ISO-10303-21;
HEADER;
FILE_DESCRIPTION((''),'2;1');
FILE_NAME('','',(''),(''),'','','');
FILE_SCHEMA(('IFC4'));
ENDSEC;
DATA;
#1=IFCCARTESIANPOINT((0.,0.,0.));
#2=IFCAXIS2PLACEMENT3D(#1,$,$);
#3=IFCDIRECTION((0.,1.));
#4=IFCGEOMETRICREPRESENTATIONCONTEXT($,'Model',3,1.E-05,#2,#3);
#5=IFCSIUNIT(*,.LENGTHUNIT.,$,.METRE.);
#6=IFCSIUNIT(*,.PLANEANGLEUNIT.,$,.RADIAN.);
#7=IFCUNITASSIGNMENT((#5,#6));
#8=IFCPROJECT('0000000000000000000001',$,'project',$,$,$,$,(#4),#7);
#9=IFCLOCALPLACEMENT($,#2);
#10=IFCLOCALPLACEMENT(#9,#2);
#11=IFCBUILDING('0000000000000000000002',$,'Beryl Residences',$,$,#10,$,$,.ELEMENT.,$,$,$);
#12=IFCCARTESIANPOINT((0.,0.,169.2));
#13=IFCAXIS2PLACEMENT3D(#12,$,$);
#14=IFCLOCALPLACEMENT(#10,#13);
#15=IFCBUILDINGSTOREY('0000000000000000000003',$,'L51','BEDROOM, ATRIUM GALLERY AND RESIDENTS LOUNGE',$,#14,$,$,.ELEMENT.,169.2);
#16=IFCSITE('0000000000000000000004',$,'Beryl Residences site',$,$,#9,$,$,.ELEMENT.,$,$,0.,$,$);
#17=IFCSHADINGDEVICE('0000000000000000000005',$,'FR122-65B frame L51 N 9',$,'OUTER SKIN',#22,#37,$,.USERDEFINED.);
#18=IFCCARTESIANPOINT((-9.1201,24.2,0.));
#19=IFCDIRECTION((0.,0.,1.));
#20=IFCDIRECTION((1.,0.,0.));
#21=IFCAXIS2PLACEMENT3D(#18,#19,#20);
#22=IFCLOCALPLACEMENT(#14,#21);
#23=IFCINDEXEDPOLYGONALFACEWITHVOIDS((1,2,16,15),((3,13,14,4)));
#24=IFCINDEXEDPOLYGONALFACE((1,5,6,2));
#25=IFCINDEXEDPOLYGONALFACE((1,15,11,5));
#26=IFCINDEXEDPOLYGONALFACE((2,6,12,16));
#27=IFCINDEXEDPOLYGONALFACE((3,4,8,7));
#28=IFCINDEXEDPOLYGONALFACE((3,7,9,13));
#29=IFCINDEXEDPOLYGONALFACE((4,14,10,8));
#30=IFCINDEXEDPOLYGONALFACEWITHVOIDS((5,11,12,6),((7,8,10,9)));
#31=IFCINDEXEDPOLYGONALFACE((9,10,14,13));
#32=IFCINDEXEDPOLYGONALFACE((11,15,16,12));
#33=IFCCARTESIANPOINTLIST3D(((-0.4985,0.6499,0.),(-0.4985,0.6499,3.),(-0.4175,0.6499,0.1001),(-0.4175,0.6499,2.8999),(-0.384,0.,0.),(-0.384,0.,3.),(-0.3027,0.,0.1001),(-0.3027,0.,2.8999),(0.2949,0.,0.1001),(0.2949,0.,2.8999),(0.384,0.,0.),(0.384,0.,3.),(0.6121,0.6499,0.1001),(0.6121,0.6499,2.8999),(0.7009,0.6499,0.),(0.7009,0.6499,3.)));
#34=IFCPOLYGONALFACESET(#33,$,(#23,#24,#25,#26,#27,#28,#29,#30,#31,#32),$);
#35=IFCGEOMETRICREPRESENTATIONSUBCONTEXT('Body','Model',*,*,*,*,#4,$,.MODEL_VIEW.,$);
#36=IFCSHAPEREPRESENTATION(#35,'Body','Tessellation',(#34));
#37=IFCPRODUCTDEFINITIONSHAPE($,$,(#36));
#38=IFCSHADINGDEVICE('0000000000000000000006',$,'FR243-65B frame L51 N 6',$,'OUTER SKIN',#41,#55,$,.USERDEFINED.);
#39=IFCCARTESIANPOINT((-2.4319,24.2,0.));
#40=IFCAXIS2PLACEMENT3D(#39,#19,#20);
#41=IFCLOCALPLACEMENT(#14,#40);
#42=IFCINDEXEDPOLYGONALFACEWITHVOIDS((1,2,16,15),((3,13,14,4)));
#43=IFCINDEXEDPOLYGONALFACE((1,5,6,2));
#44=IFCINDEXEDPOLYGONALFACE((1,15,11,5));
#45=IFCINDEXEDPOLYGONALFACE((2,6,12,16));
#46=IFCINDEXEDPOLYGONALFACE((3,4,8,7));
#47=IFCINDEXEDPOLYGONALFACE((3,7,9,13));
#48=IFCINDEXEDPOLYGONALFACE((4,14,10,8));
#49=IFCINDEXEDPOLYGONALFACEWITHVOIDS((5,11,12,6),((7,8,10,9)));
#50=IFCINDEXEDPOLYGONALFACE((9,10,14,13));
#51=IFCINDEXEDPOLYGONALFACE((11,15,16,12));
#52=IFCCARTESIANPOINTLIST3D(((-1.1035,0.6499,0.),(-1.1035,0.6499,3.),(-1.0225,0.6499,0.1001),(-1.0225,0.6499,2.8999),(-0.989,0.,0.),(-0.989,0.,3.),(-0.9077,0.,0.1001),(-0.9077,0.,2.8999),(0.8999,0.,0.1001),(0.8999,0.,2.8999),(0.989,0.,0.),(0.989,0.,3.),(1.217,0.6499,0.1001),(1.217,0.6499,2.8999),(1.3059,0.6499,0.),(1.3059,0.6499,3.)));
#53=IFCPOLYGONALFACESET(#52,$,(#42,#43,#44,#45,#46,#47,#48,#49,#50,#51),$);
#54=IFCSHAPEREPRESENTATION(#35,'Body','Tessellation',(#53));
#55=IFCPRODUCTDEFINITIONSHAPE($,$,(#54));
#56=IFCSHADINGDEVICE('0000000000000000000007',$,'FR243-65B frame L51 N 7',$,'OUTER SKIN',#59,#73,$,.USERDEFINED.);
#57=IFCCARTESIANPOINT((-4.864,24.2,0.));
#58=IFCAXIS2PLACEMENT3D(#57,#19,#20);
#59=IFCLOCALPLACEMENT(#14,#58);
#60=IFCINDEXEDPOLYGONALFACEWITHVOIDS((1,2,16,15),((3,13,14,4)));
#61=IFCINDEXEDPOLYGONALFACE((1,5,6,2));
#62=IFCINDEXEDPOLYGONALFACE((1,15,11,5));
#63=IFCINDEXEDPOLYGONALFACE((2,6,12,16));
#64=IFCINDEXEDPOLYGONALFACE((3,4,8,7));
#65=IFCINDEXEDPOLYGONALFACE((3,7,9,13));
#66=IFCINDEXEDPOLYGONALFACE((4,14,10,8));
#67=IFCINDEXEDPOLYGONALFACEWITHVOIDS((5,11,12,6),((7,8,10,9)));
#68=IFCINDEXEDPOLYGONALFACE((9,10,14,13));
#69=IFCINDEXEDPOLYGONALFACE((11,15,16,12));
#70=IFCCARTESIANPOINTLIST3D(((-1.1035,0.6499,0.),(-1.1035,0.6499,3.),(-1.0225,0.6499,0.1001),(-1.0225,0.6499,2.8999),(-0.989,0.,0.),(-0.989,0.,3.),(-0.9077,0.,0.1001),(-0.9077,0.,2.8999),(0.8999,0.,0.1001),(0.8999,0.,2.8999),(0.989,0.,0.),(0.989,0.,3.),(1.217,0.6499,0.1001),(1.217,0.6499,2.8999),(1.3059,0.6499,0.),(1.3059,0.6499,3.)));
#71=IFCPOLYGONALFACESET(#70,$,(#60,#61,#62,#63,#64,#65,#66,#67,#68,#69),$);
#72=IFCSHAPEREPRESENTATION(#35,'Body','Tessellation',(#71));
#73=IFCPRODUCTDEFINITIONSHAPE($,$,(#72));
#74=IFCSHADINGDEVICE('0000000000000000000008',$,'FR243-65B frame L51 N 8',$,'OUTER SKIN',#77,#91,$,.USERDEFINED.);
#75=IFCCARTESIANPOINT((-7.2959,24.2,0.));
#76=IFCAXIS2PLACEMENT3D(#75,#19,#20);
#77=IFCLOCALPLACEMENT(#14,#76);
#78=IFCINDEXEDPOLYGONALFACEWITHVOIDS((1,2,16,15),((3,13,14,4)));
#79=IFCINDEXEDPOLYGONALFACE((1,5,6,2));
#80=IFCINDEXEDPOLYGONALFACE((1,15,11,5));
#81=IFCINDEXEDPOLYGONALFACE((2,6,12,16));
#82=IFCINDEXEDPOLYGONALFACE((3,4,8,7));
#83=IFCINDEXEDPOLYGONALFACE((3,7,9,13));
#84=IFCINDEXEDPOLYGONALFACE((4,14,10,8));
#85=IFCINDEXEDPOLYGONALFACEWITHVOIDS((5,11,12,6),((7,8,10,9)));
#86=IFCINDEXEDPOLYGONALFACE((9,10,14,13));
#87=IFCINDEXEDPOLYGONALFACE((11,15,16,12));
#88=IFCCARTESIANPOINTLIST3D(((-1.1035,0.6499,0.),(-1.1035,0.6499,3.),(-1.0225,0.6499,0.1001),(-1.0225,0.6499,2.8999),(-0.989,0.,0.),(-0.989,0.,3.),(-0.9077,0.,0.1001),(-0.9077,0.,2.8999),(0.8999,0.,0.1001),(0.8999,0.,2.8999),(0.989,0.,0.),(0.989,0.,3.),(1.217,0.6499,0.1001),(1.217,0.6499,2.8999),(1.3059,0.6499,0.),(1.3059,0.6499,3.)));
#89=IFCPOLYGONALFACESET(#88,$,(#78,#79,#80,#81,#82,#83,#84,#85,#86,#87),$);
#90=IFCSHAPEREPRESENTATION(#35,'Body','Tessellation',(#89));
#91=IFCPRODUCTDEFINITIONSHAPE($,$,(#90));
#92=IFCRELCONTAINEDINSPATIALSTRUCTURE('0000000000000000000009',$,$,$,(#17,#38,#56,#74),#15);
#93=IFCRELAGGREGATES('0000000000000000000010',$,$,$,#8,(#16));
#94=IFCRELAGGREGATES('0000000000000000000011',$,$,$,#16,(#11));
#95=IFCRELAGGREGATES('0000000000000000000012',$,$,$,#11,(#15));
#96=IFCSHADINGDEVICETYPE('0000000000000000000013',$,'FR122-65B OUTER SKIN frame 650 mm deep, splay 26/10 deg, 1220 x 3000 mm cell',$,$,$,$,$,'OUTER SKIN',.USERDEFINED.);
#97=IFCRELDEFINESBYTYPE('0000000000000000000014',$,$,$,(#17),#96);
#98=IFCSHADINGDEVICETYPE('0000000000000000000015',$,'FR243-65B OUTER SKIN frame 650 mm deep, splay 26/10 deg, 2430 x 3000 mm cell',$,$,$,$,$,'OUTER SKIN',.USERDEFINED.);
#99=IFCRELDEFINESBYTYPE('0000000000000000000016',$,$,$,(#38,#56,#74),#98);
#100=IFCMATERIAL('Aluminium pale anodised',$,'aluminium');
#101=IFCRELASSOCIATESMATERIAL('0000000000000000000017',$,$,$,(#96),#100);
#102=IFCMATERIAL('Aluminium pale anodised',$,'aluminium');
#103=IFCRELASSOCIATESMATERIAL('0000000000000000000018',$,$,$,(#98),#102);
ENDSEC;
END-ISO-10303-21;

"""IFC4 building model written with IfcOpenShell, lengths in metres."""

from ifc_helpers import new_model, entity, si_unit, direction, frame, origin, place, context, subcontext, project, spatial, source, transform, mapped, material, type_object, type_shapes, element, save


model = new_model("IFC4")

# Units and contexts
model_context = context("Model", 3, precision=1e-05, world=origin(), true_north=direction((0.0, 1.0)))
body_context = subcontext(model_context, "Body", "Model", "MODEL_VIEW")
ifc_project = project(units=[si_unit("LENGTHUNIT", "METRE"), si_unit("PLANEANGLEUNIT", "RADIAN")], contexts=[model_context])

# Site, building, storey
site_placement = place(None, origin())
site = spatial("IfcSite", under=ifc_project, at=site_placement, Name="Beryl Residences site", CompositionType="ELEMENT", RefElevation=0.0)
building_placement = place(site_placement, origin())
building = spatial("IfcBuilding", under=site, at=building_placement, Name="Beryl Residences", CompositionType="ELEMENT")
storey_placement = place(building_placement, frame((0.0, 0.0, 169.2)))
storey = spatial("IfcBuildingStorey", under=building, at=storey_placement, Name="L51", Description="BEDROOM, ATRIUM GALLERY AND RESIDENTS LOUNGE", CompositionType="ELEMENT", Elevation=169.2)

# Shading devices
ifc_material_1 = material(Name="Aluminium pale anodised", Category="aluminium")
shading_device_type_1 = type_object("IfcShadingDeviceType", Name="FR122-65B OUTER SKIN frame 650 mm deep, splay 26/10 deg, 1220 x 3000 mm cell", ElementType="OUTER SKIN", PredefinedType="USERDEFINED", material=ifc_material_1)
cartesian_point_1 = entity("IfcCartesianPoint", [-0.384, 0.0])
cartesian_point_2 = entity("IfcCartesianPoint", [-0.2949, 0.1001])
cartesian_point_3 = entity("IfcCartesianPoint", [-0.7009, 0.0])
cartesian_point_4 = entity("IfcCartesianPoint", [-0.6121, 0.1001])
shared_shape_1 = source(origin(), body_context, "Body", "SweptSolid", [
    entity("IfcExtrudedAreaSolidTapered", entity("IfcArbitraryProfileDefWithVoids", "AREA", None, entity("IfcPolyline", [cartesian_point_1, entity("IfcCartesianPoint", [0.384, 0.0]), entity("IfcCartesianPoint", [0.384, 3.0]), entity("IfcCartesianPoint", [-0.384, 3.0]), cartesian_point_1]), [entity("IfcPolyline", [cartesian_point_2, entity("IfcCartesianPoint", [0.3027, 0.1001]), entity("IfcCartesianPoint", [0.3027, 2.8999]), entity("IfcCartesianPoint", [-0.2949, 2.8999]), cartesian_point_2])]), entity("IfcAxis2Placement3D", entity("IfcCartesianPoint", [0.0, 0.0, 0.0]), entity("IfcDirection", [0.0, 1.0, 0.0]), entity("IfcDirection", [-1.0, 0.0, 0.0])), entity("IfcDirection", [0.0, 0.0, 1.0]), 0.6499, entity("IfcArbitraryProfileDefWithVoids", "AREA", None, entity("IfcPolyline", [cartesian_point_3, entity("IfcCartesianPoint", [0.4985, 0.0]), entity("IfcCartesianPoint", [0.4985, 3.0]), entity("IfcCartesianPoint", [-0.7009, 3.0]), cartesian_point_3]), [entity("IfcPolyline", [cartesian_point_4, entity("IfcCartesianPoint", [0.4175, 0.1001]), entity("IfcCartesianPoint", [0.4175, 2.8999]), entity("IfcCartesianPoint", [-0.6121, 2.8999]), cartesian_point_4])])),
])
type_shapes(shading_device_type_1, [shared_shape_1])
shading_device_placement = place(storey_placement, frame((-9.1201, 24.2, 0.0), z_axis=(0.0, 0.0, 1.0), x_axis=(1.0, 0.0, 0.0)))
element("IfcShadingDevice", 1, at=shading_device_placement, inside=storey, type_object=shading_device_type_1, Name="FR122-65B frame L51 N 9", ObjectType="OUTER SKIN", PredefinedType="USERDEFINED", context=body_context, shape_type="MappedRepresentation", body=[
    mapped(shared_shape_1, transform((0.0, 0.0, 0.0))),
])
ifc_material_2 = material(Name="Aluminium pale anodised", Category="aluminium")
shading_device_type_2 = type_object("IfcShadingDeviceType", Name="FR243-65B OUTER SKIN frame 650 mm deep, splay 26/10 deg, 2430 x 3000 mm cell", ElementType="OUTER SKIN", PredefinedType="USERDEFINED", material=ifc_material_2)
cartesian_point_5 = entity("IfcCartesianPoint", [-0.989, 0.0])
cartesian_point_6 = entity("IfcCartesianPoint", [-0.8999, 0.1001])
cartesian_point_7 = entity("IfcCartesianPoint", [-1.3059, 0.0])
cartesian_point_8 = entity("IfcCartesianPoint", [-1.217, 0.1001])
shared_shape_2 = source(origin(), body_context, "Body", "SweptSolid", [
    entity("IfcExtrudedAreaSolidTapered", entity("IfcArbitraryProfileDefWithVoids", "AREA", None, entity("IfcPolyline", [cartesian_point_5, entity("IfcCartesianPoint", [0.989, 0.0]), entity("IfcCartesianPoint", [0.989, 3.0]), entity("IfcCartesianPoint", [-0.989, 3.0]), cartesian_point_5]), [entity("IfcPolyline", [cartesian_point_6, entity("IfcCartesianPoint", [0.9077, 0.1001]), entity("IfcCartesianPoint", [0.9077, 2.8999]), entity("IfcCartesianPoint", [-0.8999, 2.8999]), cartesian_point_6])]), entity("IfcAxis2Placement3D", entity("IfcCartesianPoint", [0.0, 0.0, 0.0]), entity("IfcDirection", [0.0, 1.0, 0.0]), entity("IfcDirection", [-1.0, 0.0, 0.0])), entity("IfcDirection", [0.0, 0.0, 1.0]), 0.6499, entity("IfcArbitraryProfileDefWithVoids", "AREA", None, entity("IfcPolyline", [cartesian_point_7, entity("IfcCartesianPoint", [1.1035, 0.0]), entity("IfcCartesianPoint", [1.1035, 3.0]), entity("IfcCartesianPoint", [-1.3059, 3.0]), cartesian_point_7]), [entity("IfcPolyline", [cartesian_point_8, entity("IfcCartesianPoint", [1.0225, 0.1001]), entity("IfcCartesianPoint", [1.0225, 2.8999]), entity("IfcCartesianPoint", [-1.217, 2.8999]), cartesian_point_8])])),
])
type_shapes(shading_device_type_2, [shared_shape_2])
for number, where, z_axis, x_axis, name in (
    (2, (-2.4319, 24.2, 0.0), (0.0, 0.0, 1.0), (1.0, 0.0, 0.0), "FR243-65B frame L51 N 6"),
    (3, (-4.864, 24.2, 0.0), (0.0, 0.0, 1.0), (1.0, 0.0, 0.0), "FR243-65B frame L51 N 7"),
    (4, (-7.2959, 24.2, 0.0), (0.0, 0.0, 1.0), (1.0, 0.0, 0.0), "FR243-65B frame L51 N 8"),
):
    element("IfcShadingDevice", number, at=place(storey_placement, frame(where, z_axis=z_axis, x_axis=x_axis)), inside=storey, type_object=shading_device_type_2, Name=name, ObjectType="OUTER SKIN", PredefinedType="USERDEFINED", context=body_context, shape_type="MappedRepresentation", body=[
        mapped(shared_shape_2, transform((0.0, 0.0, 0.0))),
    ])

save(model, "model.ifc")
